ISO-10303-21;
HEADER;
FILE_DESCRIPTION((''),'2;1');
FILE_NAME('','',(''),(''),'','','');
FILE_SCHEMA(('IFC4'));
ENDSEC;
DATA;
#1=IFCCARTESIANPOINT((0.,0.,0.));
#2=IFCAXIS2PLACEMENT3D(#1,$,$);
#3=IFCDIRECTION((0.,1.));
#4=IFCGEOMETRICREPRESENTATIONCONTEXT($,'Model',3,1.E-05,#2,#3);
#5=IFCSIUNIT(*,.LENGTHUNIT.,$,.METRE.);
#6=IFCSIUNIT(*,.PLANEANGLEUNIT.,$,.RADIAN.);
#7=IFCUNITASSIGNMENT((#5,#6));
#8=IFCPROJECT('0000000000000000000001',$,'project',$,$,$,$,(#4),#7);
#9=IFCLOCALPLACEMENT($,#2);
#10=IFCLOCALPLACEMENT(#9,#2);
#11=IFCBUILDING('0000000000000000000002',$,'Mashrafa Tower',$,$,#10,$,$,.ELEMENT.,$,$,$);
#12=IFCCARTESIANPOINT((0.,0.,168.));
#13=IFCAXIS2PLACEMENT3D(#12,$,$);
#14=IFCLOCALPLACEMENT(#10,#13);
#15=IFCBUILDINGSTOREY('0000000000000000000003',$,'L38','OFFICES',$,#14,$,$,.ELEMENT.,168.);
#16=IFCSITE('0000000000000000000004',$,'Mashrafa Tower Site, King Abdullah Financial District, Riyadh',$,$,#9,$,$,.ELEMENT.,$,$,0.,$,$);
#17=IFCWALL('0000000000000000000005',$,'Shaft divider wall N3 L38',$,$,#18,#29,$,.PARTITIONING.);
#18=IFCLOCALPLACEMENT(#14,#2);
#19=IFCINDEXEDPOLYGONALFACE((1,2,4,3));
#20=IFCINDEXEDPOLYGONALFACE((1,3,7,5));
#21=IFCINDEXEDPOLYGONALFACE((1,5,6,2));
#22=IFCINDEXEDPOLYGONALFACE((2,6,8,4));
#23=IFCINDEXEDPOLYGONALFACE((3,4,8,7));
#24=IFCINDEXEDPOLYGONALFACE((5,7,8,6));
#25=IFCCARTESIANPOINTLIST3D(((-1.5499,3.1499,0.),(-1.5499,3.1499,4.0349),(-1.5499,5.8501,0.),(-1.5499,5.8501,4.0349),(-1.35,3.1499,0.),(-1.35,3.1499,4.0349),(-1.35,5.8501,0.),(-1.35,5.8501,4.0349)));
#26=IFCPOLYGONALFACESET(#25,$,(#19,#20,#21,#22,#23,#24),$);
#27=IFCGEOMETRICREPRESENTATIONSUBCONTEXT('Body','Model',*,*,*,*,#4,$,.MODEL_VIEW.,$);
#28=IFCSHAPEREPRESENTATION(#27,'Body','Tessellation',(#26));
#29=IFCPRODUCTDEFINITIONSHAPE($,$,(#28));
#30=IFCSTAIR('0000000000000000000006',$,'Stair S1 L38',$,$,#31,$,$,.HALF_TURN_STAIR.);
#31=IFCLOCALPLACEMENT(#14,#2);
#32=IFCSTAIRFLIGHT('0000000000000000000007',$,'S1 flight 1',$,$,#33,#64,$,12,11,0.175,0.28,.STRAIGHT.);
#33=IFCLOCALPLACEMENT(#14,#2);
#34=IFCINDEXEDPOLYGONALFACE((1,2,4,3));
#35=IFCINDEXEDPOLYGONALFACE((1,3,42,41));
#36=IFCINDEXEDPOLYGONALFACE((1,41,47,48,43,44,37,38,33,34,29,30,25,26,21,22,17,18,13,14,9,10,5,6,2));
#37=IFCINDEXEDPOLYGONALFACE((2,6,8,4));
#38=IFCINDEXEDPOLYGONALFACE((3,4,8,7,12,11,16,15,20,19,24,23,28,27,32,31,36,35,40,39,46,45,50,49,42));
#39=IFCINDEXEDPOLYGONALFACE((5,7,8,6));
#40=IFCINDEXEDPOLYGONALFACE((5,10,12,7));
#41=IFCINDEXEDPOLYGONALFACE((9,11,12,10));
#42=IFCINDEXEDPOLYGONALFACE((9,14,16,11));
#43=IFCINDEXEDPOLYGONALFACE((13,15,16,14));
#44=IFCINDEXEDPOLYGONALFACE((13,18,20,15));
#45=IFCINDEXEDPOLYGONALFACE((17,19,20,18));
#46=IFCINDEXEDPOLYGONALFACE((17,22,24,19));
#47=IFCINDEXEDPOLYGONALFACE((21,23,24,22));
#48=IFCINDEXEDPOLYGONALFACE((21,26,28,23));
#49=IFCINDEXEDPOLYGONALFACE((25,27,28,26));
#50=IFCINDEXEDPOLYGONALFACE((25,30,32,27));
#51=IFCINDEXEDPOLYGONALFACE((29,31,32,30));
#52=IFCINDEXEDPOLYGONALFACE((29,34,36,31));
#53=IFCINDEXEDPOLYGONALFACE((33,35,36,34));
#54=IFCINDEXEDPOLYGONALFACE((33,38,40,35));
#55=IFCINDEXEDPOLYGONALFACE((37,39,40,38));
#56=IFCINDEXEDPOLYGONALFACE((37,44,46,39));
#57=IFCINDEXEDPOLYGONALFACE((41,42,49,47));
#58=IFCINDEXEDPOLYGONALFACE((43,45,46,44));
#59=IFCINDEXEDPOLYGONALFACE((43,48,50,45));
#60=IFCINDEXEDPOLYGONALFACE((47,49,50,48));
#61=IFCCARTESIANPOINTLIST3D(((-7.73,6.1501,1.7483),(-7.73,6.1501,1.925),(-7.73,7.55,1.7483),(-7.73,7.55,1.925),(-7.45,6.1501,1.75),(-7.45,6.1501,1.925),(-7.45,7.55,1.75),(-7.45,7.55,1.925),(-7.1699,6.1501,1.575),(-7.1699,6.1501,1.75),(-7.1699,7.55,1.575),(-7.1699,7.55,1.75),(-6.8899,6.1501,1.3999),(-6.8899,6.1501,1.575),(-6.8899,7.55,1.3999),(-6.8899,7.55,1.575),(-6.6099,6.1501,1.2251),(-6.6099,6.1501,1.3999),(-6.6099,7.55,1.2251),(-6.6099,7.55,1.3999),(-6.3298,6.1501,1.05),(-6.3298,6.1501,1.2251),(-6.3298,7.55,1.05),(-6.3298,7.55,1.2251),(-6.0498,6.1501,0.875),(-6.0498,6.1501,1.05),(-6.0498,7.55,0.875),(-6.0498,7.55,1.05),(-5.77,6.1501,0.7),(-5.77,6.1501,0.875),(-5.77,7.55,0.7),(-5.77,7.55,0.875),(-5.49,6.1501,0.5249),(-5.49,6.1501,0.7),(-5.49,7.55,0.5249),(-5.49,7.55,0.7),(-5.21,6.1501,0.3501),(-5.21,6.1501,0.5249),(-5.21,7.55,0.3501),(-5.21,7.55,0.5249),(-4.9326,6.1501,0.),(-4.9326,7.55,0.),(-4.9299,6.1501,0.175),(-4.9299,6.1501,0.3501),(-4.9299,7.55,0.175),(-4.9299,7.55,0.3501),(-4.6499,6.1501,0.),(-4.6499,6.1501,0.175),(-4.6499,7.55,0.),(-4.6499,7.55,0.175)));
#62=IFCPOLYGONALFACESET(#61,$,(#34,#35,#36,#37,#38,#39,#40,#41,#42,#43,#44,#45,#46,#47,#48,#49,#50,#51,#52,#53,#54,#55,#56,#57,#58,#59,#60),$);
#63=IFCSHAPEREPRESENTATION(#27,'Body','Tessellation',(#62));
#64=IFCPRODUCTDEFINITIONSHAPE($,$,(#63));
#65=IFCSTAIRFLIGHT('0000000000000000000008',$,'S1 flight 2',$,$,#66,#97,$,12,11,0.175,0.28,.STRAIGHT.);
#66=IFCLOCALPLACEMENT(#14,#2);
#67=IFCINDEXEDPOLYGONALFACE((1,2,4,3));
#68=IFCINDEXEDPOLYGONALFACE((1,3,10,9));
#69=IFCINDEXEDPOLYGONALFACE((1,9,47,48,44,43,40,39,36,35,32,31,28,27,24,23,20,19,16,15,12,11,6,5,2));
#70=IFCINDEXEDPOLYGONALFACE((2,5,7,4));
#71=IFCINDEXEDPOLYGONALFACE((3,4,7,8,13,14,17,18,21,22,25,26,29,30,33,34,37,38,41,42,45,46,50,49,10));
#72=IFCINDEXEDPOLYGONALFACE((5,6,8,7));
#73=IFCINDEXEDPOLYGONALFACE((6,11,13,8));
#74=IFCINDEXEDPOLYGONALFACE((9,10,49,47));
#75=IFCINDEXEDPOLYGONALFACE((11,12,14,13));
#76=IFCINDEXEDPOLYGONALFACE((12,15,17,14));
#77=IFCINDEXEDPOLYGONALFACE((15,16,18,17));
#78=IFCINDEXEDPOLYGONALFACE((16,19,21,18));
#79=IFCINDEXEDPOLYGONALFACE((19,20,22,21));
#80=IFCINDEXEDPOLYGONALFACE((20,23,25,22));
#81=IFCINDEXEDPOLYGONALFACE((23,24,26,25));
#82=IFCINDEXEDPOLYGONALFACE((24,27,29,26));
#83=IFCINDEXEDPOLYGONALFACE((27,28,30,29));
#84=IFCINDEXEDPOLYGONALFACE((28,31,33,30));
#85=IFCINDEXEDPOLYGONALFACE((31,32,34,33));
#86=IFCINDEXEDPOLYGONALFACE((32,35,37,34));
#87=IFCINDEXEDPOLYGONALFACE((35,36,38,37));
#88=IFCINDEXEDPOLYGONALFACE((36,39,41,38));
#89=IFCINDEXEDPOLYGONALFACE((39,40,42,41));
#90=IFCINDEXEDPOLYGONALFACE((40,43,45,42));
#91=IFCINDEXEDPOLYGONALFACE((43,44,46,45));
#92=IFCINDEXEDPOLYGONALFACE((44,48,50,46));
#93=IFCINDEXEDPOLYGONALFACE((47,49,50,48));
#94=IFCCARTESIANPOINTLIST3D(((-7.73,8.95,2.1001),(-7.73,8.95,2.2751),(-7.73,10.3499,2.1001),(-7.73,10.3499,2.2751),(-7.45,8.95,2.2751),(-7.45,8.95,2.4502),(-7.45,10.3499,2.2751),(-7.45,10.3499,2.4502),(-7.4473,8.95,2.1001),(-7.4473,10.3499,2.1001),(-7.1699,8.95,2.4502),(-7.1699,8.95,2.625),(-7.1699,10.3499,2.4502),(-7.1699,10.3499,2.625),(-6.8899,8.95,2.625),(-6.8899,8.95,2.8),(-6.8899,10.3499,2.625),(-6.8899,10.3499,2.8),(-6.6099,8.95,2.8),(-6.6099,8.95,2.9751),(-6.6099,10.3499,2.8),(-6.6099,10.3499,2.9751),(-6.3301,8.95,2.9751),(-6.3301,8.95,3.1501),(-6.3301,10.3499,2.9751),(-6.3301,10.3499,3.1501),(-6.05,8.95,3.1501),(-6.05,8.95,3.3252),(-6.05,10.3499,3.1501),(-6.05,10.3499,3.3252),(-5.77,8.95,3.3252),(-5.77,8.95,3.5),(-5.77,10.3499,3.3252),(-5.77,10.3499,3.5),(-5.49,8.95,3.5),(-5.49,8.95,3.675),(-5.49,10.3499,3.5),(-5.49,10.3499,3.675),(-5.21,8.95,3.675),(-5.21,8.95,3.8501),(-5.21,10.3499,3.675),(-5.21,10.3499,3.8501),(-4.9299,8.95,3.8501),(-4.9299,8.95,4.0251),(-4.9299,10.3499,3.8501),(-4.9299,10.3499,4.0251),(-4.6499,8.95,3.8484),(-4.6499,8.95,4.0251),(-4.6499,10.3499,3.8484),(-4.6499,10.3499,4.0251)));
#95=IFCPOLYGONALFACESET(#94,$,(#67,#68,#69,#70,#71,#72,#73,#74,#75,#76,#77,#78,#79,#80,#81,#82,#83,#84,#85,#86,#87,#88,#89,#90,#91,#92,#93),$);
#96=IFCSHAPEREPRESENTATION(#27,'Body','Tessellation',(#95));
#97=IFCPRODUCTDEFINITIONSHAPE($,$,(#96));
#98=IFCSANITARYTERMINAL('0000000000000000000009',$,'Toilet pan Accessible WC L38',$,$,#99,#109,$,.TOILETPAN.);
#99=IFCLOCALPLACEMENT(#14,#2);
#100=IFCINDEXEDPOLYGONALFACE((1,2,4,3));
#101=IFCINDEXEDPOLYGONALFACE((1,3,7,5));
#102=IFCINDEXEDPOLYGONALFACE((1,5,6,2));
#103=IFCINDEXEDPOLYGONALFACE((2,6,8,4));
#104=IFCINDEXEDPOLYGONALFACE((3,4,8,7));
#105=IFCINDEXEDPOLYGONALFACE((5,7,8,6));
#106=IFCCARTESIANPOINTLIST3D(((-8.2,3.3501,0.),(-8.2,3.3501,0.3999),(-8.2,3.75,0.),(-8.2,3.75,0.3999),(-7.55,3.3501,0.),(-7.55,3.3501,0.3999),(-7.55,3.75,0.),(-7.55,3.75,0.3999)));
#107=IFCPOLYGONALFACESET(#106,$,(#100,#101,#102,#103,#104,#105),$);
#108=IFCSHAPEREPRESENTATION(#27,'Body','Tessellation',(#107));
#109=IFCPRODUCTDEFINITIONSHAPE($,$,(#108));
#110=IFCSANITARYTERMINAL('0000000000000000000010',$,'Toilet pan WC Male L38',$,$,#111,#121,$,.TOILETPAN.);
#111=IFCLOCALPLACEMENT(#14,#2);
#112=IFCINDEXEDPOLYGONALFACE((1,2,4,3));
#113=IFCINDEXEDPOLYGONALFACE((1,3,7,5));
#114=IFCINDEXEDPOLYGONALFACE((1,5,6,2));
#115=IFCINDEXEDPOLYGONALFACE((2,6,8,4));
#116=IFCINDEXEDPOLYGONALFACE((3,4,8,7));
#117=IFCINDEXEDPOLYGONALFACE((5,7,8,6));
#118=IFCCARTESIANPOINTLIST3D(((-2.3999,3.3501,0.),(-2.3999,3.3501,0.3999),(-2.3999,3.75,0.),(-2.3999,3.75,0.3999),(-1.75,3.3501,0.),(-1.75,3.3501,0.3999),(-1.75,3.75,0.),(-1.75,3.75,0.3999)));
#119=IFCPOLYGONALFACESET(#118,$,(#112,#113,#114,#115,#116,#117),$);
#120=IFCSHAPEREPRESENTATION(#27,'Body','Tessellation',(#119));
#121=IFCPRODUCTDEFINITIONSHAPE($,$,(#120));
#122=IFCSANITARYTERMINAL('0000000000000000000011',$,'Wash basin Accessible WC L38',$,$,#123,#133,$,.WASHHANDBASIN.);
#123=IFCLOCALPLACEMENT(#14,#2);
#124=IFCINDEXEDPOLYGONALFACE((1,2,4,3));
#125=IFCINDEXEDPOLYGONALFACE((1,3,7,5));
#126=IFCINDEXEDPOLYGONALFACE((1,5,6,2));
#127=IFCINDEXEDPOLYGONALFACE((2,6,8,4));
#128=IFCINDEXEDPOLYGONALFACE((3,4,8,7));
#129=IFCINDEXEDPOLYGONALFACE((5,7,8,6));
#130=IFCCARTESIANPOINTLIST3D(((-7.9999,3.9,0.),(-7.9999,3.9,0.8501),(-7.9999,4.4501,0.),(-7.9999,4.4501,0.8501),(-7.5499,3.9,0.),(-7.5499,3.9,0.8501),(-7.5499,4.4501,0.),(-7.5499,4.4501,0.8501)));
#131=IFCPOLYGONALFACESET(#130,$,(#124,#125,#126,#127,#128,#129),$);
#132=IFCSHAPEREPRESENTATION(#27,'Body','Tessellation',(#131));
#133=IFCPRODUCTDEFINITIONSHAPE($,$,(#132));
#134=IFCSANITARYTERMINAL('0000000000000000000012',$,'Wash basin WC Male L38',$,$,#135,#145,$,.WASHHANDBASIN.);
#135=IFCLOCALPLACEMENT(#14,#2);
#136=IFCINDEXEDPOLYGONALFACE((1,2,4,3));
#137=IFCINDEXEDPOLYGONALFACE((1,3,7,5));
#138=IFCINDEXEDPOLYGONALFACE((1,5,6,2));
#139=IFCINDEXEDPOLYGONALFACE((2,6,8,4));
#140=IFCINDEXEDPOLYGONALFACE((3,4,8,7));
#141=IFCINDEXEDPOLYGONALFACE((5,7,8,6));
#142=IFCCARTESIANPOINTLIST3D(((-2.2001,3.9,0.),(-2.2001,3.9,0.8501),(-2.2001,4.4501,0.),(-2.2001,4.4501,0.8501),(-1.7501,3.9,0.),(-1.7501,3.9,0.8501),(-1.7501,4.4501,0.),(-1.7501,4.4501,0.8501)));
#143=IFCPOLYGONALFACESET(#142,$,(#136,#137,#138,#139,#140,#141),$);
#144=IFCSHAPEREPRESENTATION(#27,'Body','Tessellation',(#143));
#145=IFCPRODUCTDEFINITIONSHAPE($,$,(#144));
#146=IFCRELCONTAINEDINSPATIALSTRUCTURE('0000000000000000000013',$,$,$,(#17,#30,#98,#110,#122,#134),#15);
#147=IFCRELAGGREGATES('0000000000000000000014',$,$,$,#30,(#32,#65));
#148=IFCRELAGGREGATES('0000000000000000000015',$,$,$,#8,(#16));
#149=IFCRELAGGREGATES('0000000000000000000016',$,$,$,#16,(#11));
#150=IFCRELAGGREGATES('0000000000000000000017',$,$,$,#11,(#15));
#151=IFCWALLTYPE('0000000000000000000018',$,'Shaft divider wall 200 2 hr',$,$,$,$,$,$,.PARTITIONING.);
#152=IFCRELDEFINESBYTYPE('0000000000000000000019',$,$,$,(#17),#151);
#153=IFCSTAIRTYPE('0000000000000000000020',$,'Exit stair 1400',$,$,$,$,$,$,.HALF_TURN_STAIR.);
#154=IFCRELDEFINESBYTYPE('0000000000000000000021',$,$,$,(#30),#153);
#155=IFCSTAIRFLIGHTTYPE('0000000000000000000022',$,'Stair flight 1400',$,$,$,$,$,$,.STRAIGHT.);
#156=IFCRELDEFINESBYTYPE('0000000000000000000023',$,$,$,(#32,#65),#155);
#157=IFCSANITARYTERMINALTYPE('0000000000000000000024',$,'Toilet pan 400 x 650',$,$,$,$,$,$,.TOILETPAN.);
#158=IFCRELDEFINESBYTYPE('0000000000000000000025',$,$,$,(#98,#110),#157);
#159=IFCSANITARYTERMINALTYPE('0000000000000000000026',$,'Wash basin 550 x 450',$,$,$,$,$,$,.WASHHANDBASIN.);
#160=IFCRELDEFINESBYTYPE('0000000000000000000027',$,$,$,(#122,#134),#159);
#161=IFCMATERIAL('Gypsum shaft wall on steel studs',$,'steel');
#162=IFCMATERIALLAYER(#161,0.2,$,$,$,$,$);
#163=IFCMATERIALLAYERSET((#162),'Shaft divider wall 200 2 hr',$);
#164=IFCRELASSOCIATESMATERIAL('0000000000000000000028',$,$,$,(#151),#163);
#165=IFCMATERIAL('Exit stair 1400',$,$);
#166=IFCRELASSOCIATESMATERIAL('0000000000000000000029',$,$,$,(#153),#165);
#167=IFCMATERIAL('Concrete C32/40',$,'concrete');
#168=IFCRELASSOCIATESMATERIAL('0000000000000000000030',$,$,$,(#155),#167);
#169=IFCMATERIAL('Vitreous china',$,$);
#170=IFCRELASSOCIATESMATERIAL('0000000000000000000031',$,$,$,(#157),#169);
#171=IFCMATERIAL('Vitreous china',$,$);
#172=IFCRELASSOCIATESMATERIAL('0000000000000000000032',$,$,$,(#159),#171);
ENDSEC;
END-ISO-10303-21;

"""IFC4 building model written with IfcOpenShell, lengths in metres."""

from ifc_helpers import new_model, si_unit, direction, frame, frame_2d, origin, origin_2d, place, context, subcontext, project, spatial, polyline, rectangle, outline, extrude, material, layer, layer_set, type_object, element, aggregate, save


model = new_model("IFC4")

# Units and contexts
model_context = context("Model", 3, precision=1e-05, world=origin(), true_north=direction((0.0, 1.0)))
body_context = subcontext(model_context, "Body", "Model", "MODEL_VIEW")
ifc_project = project(units=[si_unit("LENGTHUNIT", "METRE"), si_unit("PLANEANGLEUNIT", "RADIAN")], contexts=[model_context])

# Site, building, storey
site_placement = place(None, origin())
site = spatial("IfcSite", under=ifc_project, at=site_placement, Name="Mashrafa Tower Site, King Abdullah Financial District, Riyadh", CompositionType="ELEMENT", RefElevation=0.0)
building_placement = place(site_placement, origin())
building = spatial("IfcBuilding", under=site, at=building_placement, Name="Mashrafa Tower", CompositionType="ELEMENT")
storey_placement = place(building_placement, frame((0.0, 0.0, 168.0)))
storey = spatial("IfcBuildingStorey", under=building, at=storey_placement, Name="L38", Description="OFFICES", CompositionType="ELEMENT", Elevation=168.0)

# Wall
ifc_material_1 = material(Name="Gypsum shaft wall on steel studs", Category="steel")
ifc_layer_1 = layer(ifc_material_1, 0.2)
ifc_layer_set_1 = layer_set([ifc_layer_1], Name="Shaft divider wall 200 2 hr")
wall_type_1 = type_object("IfcWallType", Name="Shaft divider wall 200 2 hr", PredefinedType="PARTITIONING", material=ifc_layer_set_1)
for number, where, z_axis, x_axis, name in (
    (1, (-1.45, 3.1499, 0.0), (0.0, 0.0, 1.0), (0.0, 1.0, 0.0), "Shaft divider wall N3 L38"),
):
    element("IfcWall", number, at=place(storey_placement, frame(where, z_axis=z_axis, x_axis=x_axis)), inside=storey, type_object=wall_type_1, Name=name, PredefinedType="PARTITIONING", context=body_context, shape_type="SweptSolid", body=[
        extrude(rectangle(XDim=2.7002, YDim=0.2, at=frame_2d((1.3501, 0.0))), origin(), (0.0, 0.0, 1.0), 4.0349),
    ])

# Stair, stair flights
ifc_material_2 = material(Name="Exit stair 1400")
stair_type = type_object("IfcStairType", Name="Exit stair 1400", PredefinedType="HALF_TURN_STAIR", material=ifc_material_2)
stair_placement = place(storey_placement, origin())
stair = element("IfcStair", 2, at=stair_placement, inside=storey, type_object=stair_type, Name="Stair S1 L38", PredefinedType="HALF_TURN_STAIR")
ifc_material_3 = material(Name="Concrete C32/40", Category="concrete")
stair_flight_type = type_object("IfcStairFlightType", Name="Stair flight 1400", PredefinedType="STRAIGHT", material=ifc_material_3)
stair_flight_1_placement = place(storey_placement, frame((-4.6499, 6.8501, 0.0), z_axis=(0.0, 0.0, 1.0), x_axis=(-1.0, 0.0, 0.0)))
stair_flight_1 = element("IfcStairFlight", 3, at=stair_flight_1_placement, type_object=stair_flight_type, Name="S1 flight 1", NumberOfRisers=12, NumberOfTreads=11, PredefinedType="STRAIGHT", RiserHeight=0.175, TreadLength=0.28, context=body_context, shape_type="SweptSolid", body=[
    extrude(outline(polyline([(0.0, 0.0), (0.0, 0.175), (0.28, 0.175), (0.28, 0.3501), (0.5601, 0.3501), (0.5601, 0.5249), (0.8401, 0.5249), (0.8401, 0.7), (1.1201, 0.7), (1.1201, 0.875), (1.3999, 0.875), (1.3999, 1.05), (1.6799, 1.05), (1.6799, 1.2251), (1.96, 1.2251), (1.96, 1.3999), (2.24, 1.3999), (2.24, 1.575), (2.52, 1.575), (2.52, 1.75), (2.8, 1.75), (2.8, 1.925), (3.0801, 1.925), (3.0801, 2.1001), (3.0801, 1.7483), (0.2827, 0.0), (0.0, 0.0)])), frame((0.0, 0.7, 0.0), z_axis=(0.0, -1.0, 0.0), x_axis=(1.0, 0.0, 0.0)), (0.0, 0.0, 1.0), 1.3999),
])
stair_flight_2_placement = place(storey_placement, frame((-7.73, 9.6499, 2.1001), z_axis=(0.0, 0.0, 1.0), x_axis=(1.0, 0.0, 0.0)))
stair_flight_2 = element("IfcStairFlight", 4, at=stair_flight_2_placement, type_object=stair_flight_type, Name="S1 flight 2", NumberOfRisers=12, NumberOfTreads=11, PredefinedType="STRAIGHT", RiserHeight=0.175, TreadLength=0.28, context=body_context, shape_type="SweptSolid", body=[
    extrude(outline(polyline([(0.0, 0.0), (0.0, 0.175), (0.28, 0.175), (0.28, 0.3501), (0.5601, 0.3501), (0.5601, 0.5249), (0.8401, 0.5249), (0.8401, 0.7), (1.1201, 0.7), (1.1201, 0.875), (1.3999, 0.875), (1.3999, 1.05), (1.6799, 1.05), (1.6799, 1.2251), (1.96, 1.2251), (1.96, 1.3999), (2.24, 1.3999), (2.24, 1.575), (2.52, 1.575), (2.52, 1.75), (2.8, 1.75), (2.8, 1.925), (3.0801, 1.925), (3.0801, 2.1001), (3.0801, 1.7483), (0.2827, 0.0), (0.0, 0.0)])), frame((0.0, 0.7, 0.0), z_axis=(0.0, -1.0, 0.0), x_axis=(1.0, 0.0, 0.0)), (0.0, 0.0, 1.0), 1.3999),
])
aggregate(stair, [stair_flight_1, stair_flight_2])

# Sanitary terminals
ifc_material_4 = material(Name="Vitreous china")
sanitary_terminal_type_1 = type_object("IfcSanitaryTerminalType", Name="Toilet pan 400 x 650", PredefinedType="TOILETPAN", material=ifc_material_4)
for number, where, z_axis, x_axis, name in (
    (5, (-7.875, 3.55, 0.0), (0.0, 0.0, 1.0), (0.0, 1.0, 0.0), "Toilet pan Accessible WC L38"),
    (6, (-2.075, 3.55, 0.0), (0.0, 0.0, 1.0), (0.0, 1.0, 0.0), "Toilet pan WC Male L38"),
):
    element("IfcSanitaryTerminal", number, at=place(storey_placement, frame(where, z_axis=z_axis, x_axis=x_axis)), inside=storey, type_object=sanitary_terminal_type_1, Name=name, PredefinedType="TOILETPAN", context=body_context, shape_type="SweptSolid", body=[
        extrude(rectangle(XDim=0.3999, YDim=0.6499, at=origin_2d()), origin(), (0.0, 0.0, 1.0), 0.3999),
    ])
ifc_material_5 = material(Name="Vitreous china")
sanitary_terminal_type_2 = type_object("IfcSanitaryTerminalType", Name="Wash basin 550 x 450", PredefinedType="WASHHANDBASIN", material=ifc_material_5)
for number, where, z_axis, x_axis, name in (
    (7, (-7.7749, 4.175, 0.0), (0.0, 0.0, 1.0), (0.0, 1.0, 0.0), "Wash basin Accessible WC L38"),
    (8, (-1.9751, 4.175, 0.0), (0.0, 0.0, 1.0), (0.0, 1.0, 0.0), "Wash basin WC Male L38"),
):
    element("IfcSanitaryTerminal", number, at=place(storey_placement, frame(where, z_axis=z_axis, x_axis=x_axis)), inside=storey, type_object=sanitary_terminal_type_2, Name=name, PredefinedType="WASHHANDBASIN", context=body_context, shape_type="SweptSolid", body=[
        extrude(rectangle(XDim=0.55, YDim=0.45, at=origin_2d()), origin(), (0.0, 0.0, 1.0), 0.8501),
    ])

save(model, "model.ifc")
